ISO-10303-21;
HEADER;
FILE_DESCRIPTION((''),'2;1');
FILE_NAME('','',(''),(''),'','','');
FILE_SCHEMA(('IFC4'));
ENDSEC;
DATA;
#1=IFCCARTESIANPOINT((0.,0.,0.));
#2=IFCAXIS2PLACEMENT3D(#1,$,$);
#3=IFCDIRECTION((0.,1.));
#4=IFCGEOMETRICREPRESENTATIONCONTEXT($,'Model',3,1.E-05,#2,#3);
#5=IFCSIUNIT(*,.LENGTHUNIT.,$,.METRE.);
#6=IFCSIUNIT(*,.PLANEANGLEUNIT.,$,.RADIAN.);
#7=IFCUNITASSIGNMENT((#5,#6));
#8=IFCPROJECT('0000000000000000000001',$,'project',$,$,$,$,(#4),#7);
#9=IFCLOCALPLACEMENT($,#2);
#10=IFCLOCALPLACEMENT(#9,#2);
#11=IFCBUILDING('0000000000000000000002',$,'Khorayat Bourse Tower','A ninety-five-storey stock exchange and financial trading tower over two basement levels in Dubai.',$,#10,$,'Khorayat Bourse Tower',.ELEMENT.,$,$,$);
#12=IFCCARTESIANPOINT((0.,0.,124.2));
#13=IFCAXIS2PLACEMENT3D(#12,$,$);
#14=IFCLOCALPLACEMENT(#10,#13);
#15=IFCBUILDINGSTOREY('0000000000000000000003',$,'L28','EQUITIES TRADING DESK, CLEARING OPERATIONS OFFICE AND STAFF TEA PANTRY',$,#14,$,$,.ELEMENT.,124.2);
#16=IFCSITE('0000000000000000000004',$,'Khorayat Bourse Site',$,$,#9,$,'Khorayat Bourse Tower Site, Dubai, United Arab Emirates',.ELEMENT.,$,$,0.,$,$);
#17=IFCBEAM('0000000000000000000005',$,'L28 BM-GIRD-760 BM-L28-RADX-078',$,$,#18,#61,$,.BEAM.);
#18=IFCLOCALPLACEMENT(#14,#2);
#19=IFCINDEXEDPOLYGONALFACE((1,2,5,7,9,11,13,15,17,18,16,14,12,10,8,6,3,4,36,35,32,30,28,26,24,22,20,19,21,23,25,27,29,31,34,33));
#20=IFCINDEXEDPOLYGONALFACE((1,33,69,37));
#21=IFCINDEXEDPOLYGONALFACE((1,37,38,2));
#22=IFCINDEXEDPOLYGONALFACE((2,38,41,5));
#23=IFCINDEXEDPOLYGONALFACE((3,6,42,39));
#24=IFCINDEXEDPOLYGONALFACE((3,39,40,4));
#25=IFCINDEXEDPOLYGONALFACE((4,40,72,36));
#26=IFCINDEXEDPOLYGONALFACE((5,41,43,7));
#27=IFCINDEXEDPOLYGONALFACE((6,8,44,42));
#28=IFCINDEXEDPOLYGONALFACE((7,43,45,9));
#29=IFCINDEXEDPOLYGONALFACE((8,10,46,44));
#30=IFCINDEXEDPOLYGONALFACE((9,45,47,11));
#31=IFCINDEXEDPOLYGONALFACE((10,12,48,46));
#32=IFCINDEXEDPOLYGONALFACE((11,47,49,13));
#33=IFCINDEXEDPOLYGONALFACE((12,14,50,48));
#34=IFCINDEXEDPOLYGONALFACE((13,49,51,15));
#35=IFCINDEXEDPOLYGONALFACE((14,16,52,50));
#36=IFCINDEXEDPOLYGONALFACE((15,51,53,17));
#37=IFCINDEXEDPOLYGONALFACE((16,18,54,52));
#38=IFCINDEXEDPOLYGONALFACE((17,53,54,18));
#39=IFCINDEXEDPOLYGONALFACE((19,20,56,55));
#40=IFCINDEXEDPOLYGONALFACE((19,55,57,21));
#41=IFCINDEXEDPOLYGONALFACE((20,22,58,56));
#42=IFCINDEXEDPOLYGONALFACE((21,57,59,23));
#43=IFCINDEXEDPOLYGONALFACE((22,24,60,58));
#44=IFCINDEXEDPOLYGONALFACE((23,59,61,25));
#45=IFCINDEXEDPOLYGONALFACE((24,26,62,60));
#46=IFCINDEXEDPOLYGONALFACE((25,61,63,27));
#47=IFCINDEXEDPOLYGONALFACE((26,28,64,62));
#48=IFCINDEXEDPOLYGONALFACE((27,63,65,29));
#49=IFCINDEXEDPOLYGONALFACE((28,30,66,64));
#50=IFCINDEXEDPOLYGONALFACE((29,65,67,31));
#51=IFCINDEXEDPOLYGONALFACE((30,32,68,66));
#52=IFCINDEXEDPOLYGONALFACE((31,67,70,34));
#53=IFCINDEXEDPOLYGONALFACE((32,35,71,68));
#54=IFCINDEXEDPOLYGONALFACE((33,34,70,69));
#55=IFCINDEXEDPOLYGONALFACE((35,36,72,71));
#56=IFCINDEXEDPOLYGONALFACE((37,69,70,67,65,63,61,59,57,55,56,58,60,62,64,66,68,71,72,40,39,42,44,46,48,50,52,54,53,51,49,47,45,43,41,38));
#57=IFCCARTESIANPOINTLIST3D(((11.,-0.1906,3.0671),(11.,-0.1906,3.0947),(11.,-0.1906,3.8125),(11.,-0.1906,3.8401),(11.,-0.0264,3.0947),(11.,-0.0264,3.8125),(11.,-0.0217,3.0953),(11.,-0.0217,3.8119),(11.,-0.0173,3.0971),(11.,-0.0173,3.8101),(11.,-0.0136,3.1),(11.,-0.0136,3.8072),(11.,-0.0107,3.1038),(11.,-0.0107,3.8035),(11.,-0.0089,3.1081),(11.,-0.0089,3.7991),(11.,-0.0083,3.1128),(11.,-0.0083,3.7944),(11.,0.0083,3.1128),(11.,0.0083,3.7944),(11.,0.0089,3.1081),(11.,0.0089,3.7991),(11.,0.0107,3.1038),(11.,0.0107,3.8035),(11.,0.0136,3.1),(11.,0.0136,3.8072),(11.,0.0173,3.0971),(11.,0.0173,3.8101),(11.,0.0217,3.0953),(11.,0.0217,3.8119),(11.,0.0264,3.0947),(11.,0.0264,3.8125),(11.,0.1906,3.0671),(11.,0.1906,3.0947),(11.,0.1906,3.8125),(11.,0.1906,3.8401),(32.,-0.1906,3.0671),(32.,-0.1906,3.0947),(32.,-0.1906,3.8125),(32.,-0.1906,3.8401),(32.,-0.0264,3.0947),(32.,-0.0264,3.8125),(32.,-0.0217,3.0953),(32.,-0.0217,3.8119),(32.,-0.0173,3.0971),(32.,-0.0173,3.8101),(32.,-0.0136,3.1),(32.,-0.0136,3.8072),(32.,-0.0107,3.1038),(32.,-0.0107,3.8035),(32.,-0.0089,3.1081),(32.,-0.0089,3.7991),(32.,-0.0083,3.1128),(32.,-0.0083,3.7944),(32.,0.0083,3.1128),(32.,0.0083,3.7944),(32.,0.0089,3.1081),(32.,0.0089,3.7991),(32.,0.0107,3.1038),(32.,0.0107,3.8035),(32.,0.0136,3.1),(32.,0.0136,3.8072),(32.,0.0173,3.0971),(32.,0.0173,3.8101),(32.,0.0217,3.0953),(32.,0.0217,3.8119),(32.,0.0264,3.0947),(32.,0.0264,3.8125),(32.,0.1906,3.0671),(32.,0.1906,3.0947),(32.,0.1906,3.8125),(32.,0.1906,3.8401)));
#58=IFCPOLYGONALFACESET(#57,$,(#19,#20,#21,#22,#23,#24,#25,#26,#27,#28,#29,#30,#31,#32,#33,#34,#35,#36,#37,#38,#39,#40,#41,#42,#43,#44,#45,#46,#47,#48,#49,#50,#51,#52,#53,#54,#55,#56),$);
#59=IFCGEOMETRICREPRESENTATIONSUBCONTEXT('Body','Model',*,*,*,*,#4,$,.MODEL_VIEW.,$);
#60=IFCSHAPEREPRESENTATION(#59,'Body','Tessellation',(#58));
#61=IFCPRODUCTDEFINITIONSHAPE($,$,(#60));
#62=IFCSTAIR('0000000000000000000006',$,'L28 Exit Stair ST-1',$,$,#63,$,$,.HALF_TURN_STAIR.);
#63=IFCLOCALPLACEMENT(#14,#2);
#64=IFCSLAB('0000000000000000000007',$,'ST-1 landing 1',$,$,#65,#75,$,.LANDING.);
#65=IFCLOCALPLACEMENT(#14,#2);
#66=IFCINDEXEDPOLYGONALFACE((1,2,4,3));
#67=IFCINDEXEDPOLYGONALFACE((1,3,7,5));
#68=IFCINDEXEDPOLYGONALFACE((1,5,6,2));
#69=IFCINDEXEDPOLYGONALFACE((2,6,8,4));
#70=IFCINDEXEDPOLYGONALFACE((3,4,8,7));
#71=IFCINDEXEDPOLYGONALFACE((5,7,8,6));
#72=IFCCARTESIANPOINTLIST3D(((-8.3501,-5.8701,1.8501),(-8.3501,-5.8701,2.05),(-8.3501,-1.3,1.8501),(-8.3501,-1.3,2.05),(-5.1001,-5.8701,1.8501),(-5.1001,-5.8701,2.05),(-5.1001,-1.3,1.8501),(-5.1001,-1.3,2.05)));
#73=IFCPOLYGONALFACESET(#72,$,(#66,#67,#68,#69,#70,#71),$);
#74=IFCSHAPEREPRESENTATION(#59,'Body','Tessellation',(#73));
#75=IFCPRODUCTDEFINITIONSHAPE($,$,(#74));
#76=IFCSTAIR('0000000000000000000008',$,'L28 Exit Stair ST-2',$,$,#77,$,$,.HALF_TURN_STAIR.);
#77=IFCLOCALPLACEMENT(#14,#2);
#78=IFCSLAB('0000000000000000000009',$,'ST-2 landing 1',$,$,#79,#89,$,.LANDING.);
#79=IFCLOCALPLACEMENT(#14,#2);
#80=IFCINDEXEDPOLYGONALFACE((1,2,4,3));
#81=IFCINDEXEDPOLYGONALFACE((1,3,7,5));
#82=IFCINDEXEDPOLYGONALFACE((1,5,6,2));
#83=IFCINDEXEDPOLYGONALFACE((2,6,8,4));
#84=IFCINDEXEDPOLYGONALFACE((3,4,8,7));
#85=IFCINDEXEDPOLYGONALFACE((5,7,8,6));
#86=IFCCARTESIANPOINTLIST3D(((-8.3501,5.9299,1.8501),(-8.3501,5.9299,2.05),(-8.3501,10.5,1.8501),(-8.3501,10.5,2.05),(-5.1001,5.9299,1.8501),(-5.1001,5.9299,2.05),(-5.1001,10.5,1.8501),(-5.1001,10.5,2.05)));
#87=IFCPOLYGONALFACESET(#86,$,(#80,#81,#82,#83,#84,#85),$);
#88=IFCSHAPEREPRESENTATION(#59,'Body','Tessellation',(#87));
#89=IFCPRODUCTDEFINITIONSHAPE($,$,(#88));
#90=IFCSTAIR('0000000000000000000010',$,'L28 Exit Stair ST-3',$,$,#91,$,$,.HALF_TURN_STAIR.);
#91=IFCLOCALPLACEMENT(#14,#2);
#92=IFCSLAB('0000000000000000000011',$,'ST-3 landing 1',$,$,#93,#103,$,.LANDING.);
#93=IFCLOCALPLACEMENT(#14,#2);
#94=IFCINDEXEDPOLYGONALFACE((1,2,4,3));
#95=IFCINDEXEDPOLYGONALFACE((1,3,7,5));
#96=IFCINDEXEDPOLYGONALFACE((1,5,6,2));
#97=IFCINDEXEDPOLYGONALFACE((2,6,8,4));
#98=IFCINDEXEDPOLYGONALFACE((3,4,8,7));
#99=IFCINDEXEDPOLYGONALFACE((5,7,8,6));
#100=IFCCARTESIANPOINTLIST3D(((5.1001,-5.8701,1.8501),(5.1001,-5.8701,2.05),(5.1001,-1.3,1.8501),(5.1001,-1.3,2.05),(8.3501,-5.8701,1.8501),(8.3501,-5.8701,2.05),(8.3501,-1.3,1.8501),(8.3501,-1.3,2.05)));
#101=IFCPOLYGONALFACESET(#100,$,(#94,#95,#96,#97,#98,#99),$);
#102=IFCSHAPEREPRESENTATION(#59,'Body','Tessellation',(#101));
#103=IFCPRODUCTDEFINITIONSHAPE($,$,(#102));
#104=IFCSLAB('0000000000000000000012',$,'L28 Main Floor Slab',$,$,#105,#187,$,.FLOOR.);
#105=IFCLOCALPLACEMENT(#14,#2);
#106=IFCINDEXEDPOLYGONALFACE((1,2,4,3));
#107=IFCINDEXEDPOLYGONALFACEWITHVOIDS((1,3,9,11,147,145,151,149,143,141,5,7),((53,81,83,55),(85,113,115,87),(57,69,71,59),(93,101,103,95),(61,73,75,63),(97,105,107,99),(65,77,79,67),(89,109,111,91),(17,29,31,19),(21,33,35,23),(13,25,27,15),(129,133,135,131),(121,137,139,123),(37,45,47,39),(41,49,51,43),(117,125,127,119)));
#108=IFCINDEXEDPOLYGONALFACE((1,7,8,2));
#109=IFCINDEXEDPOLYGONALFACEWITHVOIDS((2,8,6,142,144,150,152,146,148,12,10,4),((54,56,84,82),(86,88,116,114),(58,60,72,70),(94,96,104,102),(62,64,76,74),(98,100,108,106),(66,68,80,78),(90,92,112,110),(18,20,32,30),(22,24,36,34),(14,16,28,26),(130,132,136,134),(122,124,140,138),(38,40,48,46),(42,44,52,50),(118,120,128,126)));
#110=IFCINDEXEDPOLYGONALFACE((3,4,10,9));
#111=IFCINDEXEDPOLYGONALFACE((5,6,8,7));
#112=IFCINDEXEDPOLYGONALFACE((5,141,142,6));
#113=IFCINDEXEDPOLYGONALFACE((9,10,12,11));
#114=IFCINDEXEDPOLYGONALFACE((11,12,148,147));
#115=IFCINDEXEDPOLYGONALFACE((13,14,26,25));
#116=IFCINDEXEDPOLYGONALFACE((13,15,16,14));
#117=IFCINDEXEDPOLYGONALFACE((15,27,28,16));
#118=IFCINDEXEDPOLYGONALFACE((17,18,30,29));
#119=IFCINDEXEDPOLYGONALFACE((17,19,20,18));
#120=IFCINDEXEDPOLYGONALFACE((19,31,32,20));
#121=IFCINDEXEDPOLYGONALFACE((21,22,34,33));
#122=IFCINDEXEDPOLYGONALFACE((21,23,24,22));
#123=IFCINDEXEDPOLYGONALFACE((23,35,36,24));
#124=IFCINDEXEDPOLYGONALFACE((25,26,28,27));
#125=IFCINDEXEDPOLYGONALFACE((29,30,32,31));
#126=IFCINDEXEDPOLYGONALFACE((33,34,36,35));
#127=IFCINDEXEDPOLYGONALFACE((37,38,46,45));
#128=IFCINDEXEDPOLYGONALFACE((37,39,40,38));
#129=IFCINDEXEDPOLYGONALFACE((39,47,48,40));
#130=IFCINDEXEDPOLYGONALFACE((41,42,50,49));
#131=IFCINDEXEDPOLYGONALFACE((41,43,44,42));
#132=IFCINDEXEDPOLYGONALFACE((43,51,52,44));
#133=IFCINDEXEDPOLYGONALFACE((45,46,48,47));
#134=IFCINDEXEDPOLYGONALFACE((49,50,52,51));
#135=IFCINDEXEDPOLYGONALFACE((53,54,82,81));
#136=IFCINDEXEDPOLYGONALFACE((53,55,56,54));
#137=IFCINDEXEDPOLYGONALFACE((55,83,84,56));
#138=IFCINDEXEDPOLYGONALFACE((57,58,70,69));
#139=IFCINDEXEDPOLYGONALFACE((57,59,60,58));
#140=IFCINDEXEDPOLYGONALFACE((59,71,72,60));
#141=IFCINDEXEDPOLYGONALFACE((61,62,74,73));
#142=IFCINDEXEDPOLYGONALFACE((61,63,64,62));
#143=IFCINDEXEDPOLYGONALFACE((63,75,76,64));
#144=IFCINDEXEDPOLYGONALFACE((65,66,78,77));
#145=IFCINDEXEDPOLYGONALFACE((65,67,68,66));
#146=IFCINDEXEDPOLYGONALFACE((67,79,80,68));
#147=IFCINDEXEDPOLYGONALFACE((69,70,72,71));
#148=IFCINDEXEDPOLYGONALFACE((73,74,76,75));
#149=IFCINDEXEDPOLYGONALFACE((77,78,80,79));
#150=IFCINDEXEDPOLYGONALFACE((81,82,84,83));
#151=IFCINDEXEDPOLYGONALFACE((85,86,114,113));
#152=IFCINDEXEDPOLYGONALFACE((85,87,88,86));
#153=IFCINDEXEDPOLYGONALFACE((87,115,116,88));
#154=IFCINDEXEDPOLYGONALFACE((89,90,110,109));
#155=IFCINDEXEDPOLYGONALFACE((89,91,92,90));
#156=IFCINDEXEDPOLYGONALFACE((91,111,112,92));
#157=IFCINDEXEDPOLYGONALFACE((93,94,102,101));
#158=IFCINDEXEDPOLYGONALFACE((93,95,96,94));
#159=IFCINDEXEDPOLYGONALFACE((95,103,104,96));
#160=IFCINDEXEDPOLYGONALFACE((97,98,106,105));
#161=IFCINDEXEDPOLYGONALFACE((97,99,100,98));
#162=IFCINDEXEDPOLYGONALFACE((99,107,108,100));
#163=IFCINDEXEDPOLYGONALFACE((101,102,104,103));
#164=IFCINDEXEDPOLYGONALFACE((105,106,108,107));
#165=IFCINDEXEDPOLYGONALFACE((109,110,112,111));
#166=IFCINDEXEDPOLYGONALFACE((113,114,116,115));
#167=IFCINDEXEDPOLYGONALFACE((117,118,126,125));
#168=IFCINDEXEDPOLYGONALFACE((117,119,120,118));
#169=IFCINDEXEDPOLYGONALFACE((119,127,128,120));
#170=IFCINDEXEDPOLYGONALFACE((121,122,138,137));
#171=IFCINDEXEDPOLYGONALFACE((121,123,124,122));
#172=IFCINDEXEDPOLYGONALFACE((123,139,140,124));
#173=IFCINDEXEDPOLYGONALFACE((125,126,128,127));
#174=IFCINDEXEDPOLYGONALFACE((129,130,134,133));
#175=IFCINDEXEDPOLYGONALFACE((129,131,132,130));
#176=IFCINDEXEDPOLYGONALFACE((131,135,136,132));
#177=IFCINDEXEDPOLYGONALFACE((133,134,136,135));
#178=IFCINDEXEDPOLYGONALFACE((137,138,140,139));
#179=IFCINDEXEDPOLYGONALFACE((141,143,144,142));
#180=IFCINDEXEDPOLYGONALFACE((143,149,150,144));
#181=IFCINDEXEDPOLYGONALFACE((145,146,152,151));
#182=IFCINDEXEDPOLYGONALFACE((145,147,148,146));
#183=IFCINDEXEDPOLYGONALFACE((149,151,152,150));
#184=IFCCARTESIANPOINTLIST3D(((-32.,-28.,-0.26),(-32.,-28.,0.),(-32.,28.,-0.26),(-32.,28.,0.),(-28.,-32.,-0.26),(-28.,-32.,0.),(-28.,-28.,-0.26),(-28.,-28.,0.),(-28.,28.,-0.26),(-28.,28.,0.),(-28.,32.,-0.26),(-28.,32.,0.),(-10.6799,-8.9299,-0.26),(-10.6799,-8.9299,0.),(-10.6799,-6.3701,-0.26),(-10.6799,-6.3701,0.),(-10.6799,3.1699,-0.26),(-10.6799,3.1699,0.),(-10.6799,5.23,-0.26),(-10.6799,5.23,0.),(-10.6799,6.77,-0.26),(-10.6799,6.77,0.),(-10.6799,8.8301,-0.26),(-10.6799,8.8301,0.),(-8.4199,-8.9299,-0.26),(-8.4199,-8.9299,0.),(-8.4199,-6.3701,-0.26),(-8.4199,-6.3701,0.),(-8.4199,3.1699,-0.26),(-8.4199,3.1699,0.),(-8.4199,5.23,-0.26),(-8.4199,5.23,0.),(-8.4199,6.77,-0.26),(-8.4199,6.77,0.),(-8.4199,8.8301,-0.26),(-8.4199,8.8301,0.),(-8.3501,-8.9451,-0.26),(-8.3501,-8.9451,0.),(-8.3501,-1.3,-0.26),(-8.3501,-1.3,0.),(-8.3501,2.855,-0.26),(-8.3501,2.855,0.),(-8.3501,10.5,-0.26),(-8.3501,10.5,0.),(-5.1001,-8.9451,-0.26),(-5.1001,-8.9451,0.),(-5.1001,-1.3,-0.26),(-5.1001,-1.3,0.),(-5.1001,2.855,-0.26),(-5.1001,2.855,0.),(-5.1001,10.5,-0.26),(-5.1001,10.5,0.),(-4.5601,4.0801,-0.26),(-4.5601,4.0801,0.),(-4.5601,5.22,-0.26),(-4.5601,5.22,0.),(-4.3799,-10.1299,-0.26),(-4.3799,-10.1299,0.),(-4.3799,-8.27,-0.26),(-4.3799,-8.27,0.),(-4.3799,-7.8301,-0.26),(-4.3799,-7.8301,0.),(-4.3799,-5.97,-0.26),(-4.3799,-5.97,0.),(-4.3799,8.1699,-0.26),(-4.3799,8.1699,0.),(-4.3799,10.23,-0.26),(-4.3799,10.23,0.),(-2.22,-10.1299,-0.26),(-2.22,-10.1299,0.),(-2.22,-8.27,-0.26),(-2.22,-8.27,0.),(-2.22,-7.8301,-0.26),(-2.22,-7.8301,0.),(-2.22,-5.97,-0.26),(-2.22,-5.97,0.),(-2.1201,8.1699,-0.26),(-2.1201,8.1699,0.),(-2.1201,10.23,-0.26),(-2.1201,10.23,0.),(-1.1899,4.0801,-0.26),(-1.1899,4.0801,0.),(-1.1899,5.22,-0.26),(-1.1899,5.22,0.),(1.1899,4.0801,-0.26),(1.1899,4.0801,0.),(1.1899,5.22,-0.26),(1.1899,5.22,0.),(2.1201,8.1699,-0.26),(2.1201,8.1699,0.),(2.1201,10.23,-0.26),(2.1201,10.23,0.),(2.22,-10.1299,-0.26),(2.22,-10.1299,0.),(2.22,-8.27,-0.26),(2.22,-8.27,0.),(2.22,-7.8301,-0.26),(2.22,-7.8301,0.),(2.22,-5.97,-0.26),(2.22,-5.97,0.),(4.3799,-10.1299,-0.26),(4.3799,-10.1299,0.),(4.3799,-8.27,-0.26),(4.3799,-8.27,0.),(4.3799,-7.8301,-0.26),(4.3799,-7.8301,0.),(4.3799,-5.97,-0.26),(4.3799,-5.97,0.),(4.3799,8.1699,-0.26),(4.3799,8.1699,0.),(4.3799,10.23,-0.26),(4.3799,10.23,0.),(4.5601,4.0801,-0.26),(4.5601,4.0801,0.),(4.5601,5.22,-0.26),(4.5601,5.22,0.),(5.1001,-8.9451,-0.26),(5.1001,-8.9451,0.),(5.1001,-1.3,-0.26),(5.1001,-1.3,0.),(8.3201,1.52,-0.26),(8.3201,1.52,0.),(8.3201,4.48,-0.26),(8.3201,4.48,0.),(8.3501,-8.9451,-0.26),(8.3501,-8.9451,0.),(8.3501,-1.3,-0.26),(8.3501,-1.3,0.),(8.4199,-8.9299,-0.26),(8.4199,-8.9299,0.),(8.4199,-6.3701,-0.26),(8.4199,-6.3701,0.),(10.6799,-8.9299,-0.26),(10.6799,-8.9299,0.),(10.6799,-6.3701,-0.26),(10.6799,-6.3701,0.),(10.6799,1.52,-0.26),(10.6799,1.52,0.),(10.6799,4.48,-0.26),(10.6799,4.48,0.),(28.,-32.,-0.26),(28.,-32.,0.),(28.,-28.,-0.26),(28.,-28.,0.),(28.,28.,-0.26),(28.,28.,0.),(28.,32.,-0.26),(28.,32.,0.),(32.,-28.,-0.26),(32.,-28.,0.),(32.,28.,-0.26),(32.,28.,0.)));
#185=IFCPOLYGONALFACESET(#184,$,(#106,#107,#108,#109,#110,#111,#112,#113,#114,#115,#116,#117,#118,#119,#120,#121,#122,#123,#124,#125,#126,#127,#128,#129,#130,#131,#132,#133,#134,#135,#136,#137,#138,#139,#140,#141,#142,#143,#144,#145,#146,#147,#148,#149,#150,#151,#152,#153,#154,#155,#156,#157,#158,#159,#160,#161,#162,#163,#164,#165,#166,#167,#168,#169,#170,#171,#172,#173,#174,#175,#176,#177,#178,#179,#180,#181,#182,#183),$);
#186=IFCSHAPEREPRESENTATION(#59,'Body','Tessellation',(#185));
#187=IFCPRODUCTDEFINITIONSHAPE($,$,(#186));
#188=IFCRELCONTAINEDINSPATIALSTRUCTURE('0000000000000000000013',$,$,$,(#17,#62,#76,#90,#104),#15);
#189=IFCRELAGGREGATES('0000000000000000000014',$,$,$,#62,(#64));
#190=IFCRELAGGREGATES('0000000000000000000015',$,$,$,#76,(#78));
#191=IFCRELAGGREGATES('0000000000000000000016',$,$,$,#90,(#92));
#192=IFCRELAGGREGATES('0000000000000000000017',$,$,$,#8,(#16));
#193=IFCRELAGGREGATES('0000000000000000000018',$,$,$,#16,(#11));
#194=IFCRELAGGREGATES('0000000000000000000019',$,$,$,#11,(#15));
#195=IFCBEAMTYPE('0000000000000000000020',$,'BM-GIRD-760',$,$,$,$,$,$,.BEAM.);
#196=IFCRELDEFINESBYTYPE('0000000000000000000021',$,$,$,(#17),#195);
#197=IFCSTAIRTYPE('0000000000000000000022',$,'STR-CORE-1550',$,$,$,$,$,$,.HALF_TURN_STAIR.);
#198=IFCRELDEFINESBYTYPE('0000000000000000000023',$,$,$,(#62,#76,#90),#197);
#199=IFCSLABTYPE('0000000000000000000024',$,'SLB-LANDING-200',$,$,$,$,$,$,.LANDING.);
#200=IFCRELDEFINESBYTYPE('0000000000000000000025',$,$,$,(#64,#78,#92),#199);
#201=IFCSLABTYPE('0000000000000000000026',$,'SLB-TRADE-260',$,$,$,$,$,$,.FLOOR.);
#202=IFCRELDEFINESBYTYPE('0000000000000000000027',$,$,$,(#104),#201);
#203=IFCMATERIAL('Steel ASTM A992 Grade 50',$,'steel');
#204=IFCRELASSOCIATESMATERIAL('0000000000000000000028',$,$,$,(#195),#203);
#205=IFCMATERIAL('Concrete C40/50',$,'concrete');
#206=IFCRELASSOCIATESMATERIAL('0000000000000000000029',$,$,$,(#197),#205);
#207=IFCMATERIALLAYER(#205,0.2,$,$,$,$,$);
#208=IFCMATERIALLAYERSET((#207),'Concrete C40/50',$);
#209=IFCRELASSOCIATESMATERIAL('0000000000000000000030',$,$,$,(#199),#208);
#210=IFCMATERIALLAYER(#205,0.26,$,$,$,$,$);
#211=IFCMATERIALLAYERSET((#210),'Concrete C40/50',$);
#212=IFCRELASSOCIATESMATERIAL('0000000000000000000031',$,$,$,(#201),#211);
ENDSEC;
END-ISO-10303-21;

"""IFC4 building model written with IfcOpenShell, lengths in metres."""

from ifc_helpers import new_model, si_unit, direction, frame, origin, origin_2d, place, context, subcontext, project, spatial, polyline, i_section, outline, extrude, source, transform, mapped, material, layer, layer_set, material_profile, profile_set, type_object, element, aggregate, save


model = new_model("IFC4")

# Units and contexts
model_context = context("Model", 3, precision=1e-05, world=origin(), true_north=direction((0.0, 1.0)))
body_context = subcontext(model_context, "Body", "Model", "MODEL_VIEW")
ifc_project = project(units=[si_unit("LENGTHUNIT", "METRE"), si_unit("PLANEANGLEUNIT", "RADIAN")], contexts=[model_context])

# Site, building, storey
site_placement = place(None, origin())
site = spatial("IfcSite", under=ifc_project, at=site_placement, Name="Khorayat Bourse Site", LongName="Khorayat Bourse Tower Site, Dubai, United Arab Emirates", CompositionType="ELEMENT", RefElevation=0.0)
building_placement = place(site_placement, origin())
building = spatial("IfcBuilding", under=site, at=building_placement, Name="Khorayat Bourse Tower", Description="A ninety-five-storey stock exchange and financial trading tower over two basement levels in Dubai.", LongName="Khorayat Bourse Tower", CompositionType="ELEMENT")
storey_placement = place(building_placement, frame((0.0, 0.0, 124.2)))
storey = spatial("IfcBuildingStorey", under=building, at=storey_placement, Name="L28", Description="EQUITIES TRADING DESK, CLEARING OPERATIONS OFFICE AND STAFF TEA PANTRY", CompositionType="ELEMENT", Elevation=124.2)

# Beam
ifc_material_1 = material(Name="Steel ASTM A992 Grade 50", Category="steel")
ifc_material_profile_1 = material_profile(ifc_material_1, i_section(OverallWidth=0.3811, OverallDepth=0.7729, WebThickness=0.0166, FlangeThickness=0.0276, FilletRadius=0.0181, at=origin_2d()), Name="W760X257")
ifc_profile_set_1 = profile_set([ifc_material_profile_1], Name="Steel ASTM A992 Grade 50")
beam_type_1 = type_object("IfcBeamType", Name="BM-GIRD-760", PredefinedType="BEAM", material=ifc_profile_set_1)
shared_shape_1 = source(origin(), body_context, "Body", "SweptSolid", [
    extrude(i_section(OverallWidth=0.3811, OverallDepth=0.7729, WebThickness=0.0166, FlangeThickness=0.0276, FilletRadius=0.0181, at=origin_2d()), origin(), (0.0, 0.0, 1.0), 21.0),
])
beam_1_placement = place(storey_placement, frame((11.0, 0.0, 3.4536), z_axis=(1.0, 0.0, 0.0), x_axis=(0.0, 1.0, 0.0)))
element("IfcBeam", 1, at=beam_1_placement, inside=storey, type_object=beam_type_1, Name="L28 BM-GIRD-760 BM-L28-RADX-078", PredefinedType="BEAM", context=body_context, shape_type="MappedRepresentation", body=[
    mapped(shared_shape_1, transform((0.0, 0.0, 0.0), scale=1.0)),
])

# Stairs, slabs
ifc_material_2 = material(Name="Concrete C40/50", Category="concrete")
stair_type = type_object("IfcStairType", Name="STR-CORE-1550", PredefinedType="HALF_TURN_STAIR", material=ifc_material_2)
stair_1_placement = place(storey_placement, origin())
stair_1 = element("IfcStair", 2, at=stair_1_placement, inside=storey, type_object=stair_type, Name="L28 Exit Stair ST-1", PredefinedType="HALF_TURN_STAIR")
ifc_layer_1 = layer(ifc_material_2, 0.2)
ifc_layer_set_1 = layer_set([ifc_layer_1], Name="Concrete C40/50")
slab_type_1 = type_object("IfcSlabType", Name="SLB-LANDING-200", PredefinedType="LANDING", material=ifc_layer_set_1)
slab_1_placement = place(storey_placement, frame((0.0, 0.0, 1.8501)))
slab_1 = element("IfcSlab", 3, at=slab_1_placement, type_object=slab_type_1, Name="ST-1 landing 1", PredefinedType="LANDING", context=body_context, shape_type="SweptSolid", body=[
    extrude(outline(polyline([(-5.1001, -5.8701), (-5.1001, -1.3), (-8.3501, -1.3), (-8.3501, -5.8701), (-5.1001, -5.8701)])), origin(), (0.0, 0.0, 1.0), 0.2),
])
aggregate(stair_1, [slab_1])
stair_2_placement = place(storey_placement, origin())
stair_2 = element("IfcStair", 4, at=stair_2_placement, inside=storey, type_object=stair_type, Name="L28 Exit Stair ST-2", PredefinedType="HALF_TURN_STAIR")
slab_2_placement = place(storey_placement, frame((0.0, 0.0, 1.8501)))
slab_2 = element("IfcSlab", 5, at=slab_2_placement, type_object=slab_type_1, Name="ST-2 landing 1", PredefinedType="LANDING", context=body_context, shape_type="SweptSolid", body=[
    extrude(outline(polyline([(-5.1001, 5.9299), (-5.1001, 10.5), (-8.3501, 10.5), (-8.3501, 5.9299), (-5.1001, 5.9299)])), origin(), (0.0, 0.0, 1.0), 0.2),
])
aggregate(stair_2, [slab_2])
stair_3_placement = place(storey_placement, origin())
stair_3 = element("IfcStair", 6, at=stair_3_placement, inside=storey, type_object=stair_type, Name="L28 Exit Stair ST-3", PredefinedType="HALF_TURN_STAIR")
slab_3_placement = place(storey_placement, frame((0.0, 0.0, 1.8501)))
slab_3 = element("IfcSlab", 7, at=slab_3_placement, type_object=slab_type_1, Name="ST-3 landing 1", PredefinedType="LANDING", context=body_context, shape_type="SweptSolid", body=[
    extrude(outline(polyline([(8.3501, -5.8701), (8.3501, -1.3), (5.1001, -1.3), (5.1001, -5.8701), (8.3501, -5.8701)])), origin(), (0.0, 0.0, 1.0), 0.2),
])
aggregate(stair_3, [slab_3])

# Slab
ifc_layer_2 = layer(ifc_material_2, 0.26)
ifc_layer_set_2 = layer_set([ifc_layer_2], Name="Concrete C40/50")
slab_type_2 = type_object("IfcSlabType", Name="SLB-TRADE-260", PredefinedType="FLOOR", material=ifc_layer_set_2)
slab_4_placement = place(storey_placement, frame((0.0, 0.0, -0.26)))
element("IfcSlab", 8, at=slab_4_placement, inside=storey, type_object=slab_type_2, Name="L28 Main Floor Slab", PredefinedType="FLOOR", context=body_context, shape_type="SweptSolid", body=[
    extrude(outline(polyline([(-28.0, -32.0), (28.0, -32.0), (28.0, -28.0), (32.0, -28.0), (32.0, 28.0), (28.0, 28.0), (28.0, 32.0), (-28.0, 32.0), (-28.0, 28.0), (-32.0, 28.0), (-32.0, -28.0), (-28.0, -28.0), (-28.0, -32.0)]), holes=[polyline([(-8.3501, -8.9451), (-5.1001, -8.9451), (-5.1001, -1.3), (-8.3501, -1.3), (-8.3501, -8.9451)]), polyline([(-8.3501, 2.855), (-5.1001, 2.855), (-5.1001, 10.5), (-8.3501, 10.5), (-8.3501, 2.855)]), polyline([(5.1001, -8.9451), (8.3501, -8.9451), (8.3501, -1.3), (5.1001, -1.3), (5.1001, -8.9451)]), polyline([(-4.3799, -10.1299), (-2.22, -10.1299), (-2.22, -8.27), (-4.3799, -8.27), (-4.3799, -10.1299)]), polyline([(2.22, -10.1299), (4.3799, -10.1299), (4.3799, -8.27), (2.22, -8.27), (2.22, -10.1299)]), polyline([(-4.3799, -7.8301), (-2.22, -7.8301), (-2.22, -5.97), (-4.3799, -5.97), (-4.3799, -7.8301)]), polyline([(2.22, -7.8301), (4.3799, -7.8301), (4.3799, -5.97), (2.22, -5.97), (2.22, -7.8301)]), polyline([(-4.3799, 8.1699), (-2.1201, 8.1699), (-2.1201, 10.23), (-4.3799, 10.23), (-4.3799, 8.1699)]), polyline([(2.1201, 8.1699), (4.3799, 8.1699), (4.3799, 10.23), (2.1201, 10.23), (2.1201, 8.1699)]), polyline([(-10.6799, 3.1699), (-8.4199, 3.1699), (-8.4199, 5.23), (-10.6799, 5.23), (-10.6799, 3.1699)]), polyline([(-10.6799, 6.77), (-8.4199, 6.77), (-8.4199, 8.8301), (-10.6799, 8.8301), (-10.6799, 6.77)]), polyline([(-10.6799, -8.9299), (-8.4199, -8.9299), (-8.4199, -6.3701), (-10.6799, -6.3701), (-10.6799, -8.9299)]), polyline([(8.4199, -8.9299), (10.6799, -8.9299), (10.6799, -6.3701), (8.4199, -6.3701), (8.4199, -8.9299)]), polyline([(8.3201, 1.52), (10.6799, 1.52), (10.6799, 4.48), (8.3201, 4.48), (8.3201, 1.52)]), polyline([(-4.5601, 4.0801), (-1.1899, 4.0801), (-1.1899, 5.22), (-4.5601, 5.22), (-4.5601, 4.0801)]), polyline([(1.1899, 4.0801), (4.5601, 4.0801), (4.5601, 5.22), (1.1899, 5.22), (1.1899, 4.0801)])]), origin(), (0.0, 0.0, 1.0), 0.26),
])

save(model, "model.ifc")
